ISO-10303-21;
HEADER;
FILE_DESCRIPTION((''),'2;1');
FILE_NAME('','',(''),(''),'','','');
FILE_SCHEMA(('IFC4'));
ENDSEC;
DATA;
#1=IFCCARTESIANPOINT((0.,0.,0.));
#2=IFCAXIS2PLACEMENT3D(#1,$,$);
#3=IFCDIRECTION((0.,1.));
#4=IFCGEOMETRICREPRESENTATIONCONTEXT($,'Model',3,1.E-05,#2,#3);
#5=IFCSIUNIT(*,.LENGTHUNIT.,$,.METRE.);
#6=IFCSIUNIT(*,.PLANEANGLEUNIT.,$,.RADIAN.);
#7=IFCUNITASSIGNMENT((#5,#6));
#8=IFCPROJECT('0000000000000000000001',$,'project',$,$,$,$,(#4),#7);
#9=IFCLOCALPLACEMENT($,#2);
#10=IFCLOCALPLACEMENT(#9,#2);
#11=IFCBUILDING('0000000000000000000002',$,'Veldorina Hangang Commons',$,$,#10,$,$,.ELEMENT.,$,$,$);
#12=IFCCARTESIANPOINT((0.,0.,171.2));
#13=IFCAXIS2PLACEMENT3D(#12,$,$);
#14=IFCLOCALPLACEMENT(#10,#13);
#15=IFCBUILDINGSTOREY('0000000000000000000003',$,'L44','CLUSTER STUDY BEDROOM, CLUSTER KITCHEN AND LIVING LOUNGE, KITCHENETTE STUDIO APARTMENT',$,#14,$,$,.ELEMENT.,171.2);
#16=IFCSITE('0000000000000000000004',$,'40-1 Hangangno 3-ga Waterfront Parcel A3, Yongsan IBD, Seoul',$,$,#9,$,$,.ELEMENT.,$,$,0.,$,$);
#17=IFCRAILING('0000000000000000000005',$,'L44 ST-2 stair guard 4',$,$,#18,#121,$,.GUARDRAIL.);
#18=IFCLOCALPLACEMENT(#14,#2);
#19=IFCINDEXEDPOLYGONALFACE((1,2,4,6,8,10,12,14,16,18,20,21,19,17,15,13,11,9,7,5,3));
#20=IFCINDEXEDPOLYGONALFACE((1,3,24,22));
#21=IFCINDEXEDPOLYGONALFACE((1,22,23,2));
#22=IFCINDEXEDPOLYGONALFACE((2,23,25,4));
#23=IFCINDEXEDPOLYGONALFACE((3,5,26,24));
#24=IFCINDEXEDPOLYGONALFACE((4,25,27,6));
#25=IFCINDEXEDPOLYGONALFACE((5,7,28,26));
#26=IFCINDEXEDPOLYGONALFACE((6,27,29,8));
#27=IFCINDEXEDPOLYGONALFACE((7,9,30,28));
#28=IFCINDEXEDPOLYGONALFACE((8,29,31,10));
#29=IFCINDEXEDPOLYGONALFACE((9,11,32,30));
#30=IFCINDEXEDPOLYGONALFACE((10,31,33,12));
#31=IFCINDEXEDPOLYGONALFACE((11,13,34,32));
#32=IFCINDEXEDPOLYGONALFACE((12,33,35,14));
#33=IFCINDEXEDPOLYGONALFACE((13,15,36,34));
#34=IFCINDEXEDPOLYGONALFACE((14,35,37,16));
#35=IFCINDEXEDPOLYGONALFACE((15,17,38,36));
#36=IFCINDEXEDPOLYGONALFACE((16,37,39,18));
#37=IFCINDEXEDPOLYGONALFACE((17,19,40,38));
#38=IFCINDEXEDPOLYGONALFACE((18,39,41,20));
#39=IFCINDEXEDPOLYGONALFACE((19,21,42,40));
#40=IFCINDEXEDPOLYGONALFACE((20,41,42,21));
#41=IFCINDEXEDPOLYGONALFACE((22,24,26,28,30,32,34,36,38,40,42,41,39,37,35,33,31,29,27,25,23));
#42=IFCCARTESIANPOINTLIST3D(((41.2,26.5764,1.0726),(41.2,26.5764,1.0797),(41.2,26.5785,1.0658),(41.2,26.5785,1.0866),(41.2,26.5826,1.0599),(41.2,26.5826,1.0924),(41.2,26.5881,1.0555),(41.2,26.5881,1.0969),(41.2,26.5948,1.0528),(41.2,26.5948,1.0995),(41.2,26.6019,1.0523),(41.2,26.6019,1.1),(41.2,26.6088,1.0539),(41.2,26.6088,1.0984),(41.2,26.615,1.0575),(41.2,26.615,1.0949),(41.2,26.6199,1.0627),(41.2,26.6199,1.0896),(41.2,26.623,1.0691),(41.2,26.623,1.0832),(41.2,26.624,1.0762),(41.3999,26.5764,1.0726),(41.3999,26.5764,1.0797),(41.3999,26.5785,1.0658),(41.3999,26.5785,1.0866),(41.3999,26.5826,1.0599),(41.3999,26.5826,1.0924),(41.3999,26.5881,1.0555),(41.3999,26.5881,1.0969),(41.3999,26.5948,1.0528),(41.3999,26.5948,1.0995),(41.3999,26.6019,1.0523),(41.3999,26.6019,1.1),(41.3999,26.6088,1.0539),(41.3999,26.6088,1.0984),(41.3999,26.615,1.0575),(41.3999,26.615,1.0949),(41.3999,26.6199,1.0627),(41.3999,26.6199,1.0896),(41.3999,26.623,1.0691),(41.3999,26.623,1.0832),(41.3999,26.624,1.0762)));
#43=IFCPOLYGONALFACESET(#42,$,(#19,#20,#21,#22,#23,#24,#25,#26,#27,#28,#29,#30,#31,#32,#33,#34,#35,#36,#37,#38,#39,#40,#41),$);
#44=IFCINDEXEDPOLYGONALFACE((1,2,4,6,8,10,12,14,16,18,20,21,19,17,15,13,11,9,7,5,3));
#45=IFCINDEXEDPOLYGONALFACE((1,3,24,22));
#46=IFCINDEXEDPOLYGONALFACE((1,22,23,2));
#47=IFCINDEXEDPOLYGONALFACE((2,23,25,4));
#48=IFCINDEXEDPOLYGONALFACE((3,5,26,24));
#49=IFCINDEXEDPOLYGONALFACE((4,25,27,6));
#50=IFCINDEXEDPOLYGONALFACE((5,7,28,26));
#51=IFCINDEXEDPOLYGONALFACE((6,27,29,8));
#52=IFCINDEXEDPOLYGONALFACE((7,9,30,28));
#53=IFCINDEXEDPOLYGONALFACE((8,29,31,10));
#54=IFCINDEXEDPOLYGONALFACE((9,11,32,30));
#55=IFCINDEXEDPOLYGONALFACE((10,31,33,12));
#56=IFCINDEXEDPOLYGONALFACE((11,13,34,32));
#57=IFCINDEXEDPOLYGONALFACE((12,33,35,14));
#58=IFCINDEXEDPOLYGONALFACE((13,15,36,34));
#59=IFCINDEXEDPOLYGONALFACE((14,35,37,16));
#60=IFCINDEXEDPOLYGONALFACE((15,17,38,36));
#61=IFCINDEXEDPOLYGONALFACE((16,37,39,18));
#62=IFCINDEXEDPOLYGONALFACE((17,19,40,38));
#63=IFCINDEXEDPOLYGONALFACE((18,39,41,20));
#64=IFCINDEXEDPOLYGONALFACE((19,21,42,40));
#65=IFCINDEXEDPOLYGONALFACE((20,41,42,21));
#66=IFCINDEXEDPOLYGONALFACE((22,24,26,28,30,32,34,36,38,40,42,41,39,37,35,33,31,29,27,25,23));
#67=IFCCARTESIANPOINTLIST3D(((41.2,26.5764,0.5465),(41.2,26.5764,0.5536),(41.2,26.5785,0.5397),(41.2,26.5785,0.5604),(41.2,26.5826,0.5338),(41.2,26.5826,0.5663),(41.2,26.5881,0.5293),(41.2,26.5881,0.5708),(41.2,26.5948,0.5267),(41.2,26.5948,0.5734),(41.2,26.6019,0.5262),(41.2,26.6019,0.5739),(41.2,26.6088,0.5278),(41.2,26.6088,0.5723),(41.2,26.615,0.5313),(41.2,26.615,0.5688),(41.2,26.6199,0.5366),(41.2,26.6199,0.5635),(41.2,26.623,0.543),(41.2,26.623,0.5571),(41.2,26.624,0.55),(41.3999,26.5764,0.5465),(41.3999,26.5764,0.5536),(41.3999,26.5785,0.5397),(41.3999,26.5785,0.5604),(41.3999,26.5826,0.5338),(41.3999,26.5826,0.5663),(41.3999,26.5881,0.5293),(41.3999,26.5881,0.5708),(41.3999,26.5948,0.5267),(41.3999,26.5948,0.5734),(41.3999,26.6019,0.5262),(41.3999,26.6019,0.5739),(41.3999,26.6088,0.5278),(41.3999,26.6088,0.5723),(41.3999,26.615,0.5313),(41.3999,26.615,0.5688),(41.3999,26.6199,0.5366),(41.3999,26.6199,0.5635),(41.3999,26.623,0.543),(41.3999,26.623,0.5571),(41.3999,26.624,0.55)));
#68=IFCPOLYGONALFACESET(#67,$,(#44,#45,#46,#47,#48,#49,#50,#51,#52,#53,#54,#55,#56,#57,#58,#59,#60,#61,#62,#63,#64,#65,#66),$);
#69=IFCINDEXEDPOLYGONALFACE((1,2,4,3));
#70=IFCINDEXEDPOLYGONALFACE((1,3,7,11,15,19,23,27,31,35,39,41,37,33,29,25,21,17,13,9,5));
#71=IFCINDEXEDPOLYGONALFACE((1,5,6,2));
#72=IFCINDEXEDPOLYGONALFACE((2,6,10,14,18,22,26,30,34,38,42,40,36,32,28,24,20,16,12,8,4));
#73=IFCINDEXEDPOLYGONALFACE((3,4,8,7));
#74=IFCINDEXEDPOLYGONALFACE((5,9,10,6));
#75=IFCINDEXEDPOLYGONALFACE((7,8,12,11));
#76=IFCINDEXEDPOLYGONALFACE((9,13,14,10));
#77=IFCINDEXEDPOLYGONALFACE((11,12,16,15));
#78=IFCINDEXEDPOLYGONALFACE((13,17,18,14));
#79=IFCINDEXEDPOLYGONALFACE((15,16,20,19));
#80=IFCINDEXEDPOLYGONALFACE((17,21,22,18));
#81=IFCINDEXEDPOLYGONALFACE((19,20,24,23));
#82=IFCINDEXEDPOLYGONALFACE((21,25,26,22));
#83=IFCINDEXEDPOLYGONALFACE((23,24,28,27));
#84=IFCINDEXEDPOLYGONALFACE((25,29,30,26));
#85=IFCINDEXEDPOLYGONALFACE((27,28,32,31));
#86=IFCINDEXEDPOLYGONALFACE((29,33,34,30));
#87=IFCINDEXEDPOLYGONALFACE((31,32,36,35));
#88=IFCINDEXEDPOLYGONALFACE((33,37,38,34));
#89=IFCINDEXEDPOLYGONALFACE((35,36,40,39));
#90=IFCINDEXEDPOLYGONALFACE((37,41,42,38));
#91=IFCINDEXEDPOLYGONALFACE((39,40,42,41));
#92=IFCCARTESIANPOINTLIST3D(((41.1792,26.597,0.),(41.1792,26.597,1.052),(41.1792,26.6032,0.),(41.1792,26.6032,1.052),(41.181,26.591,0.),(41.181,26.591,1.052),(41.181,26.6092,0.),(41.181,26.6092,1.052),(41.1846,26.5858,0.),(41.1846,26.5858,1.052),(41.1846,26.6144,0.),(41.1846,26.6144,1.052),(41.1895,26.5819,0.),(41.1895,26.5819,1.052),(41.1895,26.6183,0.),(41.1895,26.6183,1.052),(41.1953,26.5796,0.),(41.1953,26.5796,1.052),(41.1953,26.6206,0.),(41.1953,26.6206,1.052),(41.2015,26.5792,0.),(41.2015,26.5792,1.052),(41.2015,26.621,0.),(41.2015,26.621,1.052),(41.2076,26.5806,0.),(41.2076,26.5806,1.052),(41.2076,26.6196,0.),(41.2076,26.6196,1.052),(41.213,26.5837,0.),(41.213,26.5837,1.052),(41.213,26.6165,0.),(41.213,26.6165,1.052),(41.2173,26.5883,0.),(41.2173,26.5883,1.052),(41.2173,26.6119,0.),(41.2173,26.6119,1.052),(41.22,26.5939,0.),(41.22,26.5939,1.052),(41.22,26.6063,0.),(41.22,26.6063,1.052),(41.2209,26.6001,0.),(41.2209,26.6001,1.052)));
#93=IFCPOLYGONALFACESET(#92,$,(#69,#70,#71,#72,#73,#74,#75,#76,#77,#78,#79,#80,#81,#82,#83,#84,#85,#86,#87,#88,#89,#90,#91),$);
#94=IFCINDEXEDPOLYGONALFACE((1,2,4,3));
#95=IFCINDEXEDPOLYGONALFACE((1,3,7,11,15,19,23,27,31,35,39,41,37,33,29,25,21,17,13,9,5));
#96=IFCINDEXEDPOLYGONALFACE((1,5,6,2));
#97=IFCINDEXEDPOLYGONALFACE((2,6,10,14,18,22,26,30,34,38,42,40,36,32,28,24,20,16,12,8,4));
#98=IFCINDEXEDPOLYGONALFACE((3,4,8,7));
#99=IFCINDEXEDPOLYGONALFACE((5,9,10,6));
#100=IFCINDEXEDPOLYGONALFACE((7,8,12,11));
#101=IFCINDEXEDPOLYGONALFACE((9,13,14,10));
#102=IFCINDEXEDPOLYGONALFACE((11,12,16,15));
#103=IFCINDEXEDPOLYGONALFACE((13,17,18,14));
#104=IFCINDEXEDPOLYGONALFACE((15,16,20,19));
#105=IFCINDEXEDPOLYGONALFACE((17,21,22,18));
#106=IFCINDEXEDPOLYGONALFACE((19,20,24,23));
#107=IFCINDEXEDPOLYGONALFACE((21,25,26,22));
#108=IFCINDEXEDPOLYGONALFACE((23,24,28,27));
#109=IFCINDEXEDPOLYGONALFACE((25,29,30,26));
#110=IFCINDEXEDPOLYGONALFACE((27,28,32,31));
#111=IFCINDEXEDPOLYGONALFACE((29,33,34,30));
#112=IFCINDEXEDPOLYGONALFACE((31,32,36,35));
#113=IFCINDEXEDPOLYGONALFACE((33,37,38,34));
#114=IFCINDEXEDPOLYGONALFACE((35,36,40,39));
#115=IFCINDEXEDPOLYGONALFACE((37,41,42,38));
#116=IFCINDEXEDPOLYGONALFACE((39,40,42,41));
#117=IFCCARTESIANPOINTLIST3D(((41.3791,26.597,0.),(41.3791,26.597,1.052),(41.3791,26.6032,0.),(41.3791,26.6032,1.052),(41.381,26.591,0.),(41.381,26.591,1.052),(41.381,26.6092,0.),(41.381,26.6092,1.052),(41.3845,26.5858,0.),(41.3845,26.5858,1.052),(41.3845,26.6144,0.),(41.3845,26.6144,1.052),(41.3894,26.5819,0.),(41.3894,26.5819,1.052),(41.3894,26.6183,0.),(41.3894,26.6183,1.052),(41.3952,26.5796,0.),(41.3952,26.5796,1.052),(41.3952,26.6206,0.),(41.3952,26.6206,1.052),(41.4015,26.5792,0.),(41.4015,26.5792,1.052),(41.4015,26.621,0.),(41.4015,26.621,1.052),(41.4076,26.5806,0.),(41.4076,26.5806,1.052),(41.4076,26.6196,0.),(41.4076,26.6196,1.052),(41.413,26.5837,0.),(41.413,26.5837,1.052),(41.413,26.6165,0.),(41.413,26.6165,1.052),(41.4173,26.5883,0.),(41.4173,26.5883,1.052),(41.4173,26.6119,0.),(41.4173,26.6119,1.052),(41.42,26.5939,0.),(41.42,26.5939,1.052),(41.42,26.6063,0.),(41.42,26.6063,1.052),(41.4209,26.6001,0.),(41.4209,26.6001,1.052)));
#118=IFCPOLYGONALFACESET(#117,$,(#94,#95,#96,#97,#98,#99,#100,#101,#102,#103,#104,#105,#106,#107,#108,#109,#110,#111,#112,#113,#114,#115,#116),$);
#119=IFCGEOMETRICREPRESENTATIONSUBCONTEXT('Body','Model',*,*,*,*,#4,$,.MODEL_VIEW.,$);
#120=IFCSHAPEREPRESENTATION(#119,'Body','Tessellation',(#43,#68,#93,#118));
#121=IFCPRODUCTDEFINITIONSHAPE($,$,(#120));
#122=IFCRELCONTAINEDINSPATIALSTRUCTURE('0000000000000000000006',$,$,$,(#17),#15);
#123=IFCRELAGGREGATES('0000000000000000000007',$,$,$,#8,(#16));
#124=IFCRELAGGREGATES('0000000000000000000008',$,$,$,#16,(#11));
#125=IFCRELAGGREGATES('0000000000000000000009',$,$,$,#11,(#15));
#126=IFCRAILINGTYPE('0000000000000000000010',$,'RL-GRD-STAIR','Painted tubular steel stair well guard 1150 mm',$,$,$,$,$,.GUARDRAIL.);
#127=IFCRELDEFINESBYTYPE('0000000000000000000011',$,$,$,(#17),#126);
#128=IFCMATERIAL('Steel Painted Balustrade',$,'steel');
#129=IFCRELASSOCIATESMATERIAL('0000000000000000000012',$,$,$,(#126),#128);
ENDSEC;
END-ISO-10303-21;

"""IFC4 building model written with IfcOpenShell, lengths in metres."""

from ifc_helpers import new_model, si_unit, direction, frame, origin, origin_2d, place, context, subcontext, project, spatial, circle, extrude, material, type_object, element, save


model = new_model("IFC4")

# Units and contexts
model_context = context("Model", 3, precision=1e-05, world=origin(), true_north=direction((0.0, 1.0)))
body_context = subcontext(model_context, "Body", "Model", "MODEL_VIEW")
ifc_project = project(units=[si_unit("LENGTHUNIT", "METRE"), si_unit("PLANEANGLEUNIT", "RADIAN")], contexts=[model_context])

# Site, building, storey
site_placement = place(None, origin())
site = spatial("IfcSite", under=ifc_project, at=site_placement, Name="40-1 Hangangno 3-ga Waterfront Parcel A3, Yongsan IBD, Seoul", CompositionType="ELEMENT", RefElevation=0.0)
building_placement = place(site_placement, origin())
building = spatial("IfcBuilding", under=site, at=building_placement, Name="Veldorina Hangang Commons", CompositionType="ELEMENT")
storey_placement = place(building_placement, frame((0.0, 0.0, 171.2)))
storey = spatial("IfcBuildingStorey", under=building, at=storey_placement, Name="L44", Description="CLUSTER STUDY BEDROOM, CLUSTER KITCHEN AND LIVING LOUNGE, KITCHENETTE STUDIO APARTMENT", CompositionType="ELEMENT", Elevation=171.2)

# Railing
ifc_material_1 = material(Name="Steel Painted Balustrade", Category="steel")
railing_type_1 = type_object("IfcRailingType", Name="RL-GRD-STAIR", Description="Painted tubular steel stair well guard 1150 mm", PredefinedType="GUARDRAIL", material=ifc_material_1)
railing_1_placement = place(storey_placement, frame((41.2, 26.6001, 0.0)))
element("IfcRailing", 1, at=railing_1_placement, inside=storey, type_object=railing_type_1, Name="L44 ST-2 stair guard 4", PredefinedType="GUARDRAIL", context=body_context, shape_type="SweptSolid", body=[
    extrude(circle(Radius=0.0239, at=origin_2d()), frame((0.0, 0.0, 1.0762), z_axis=(1.0, 0.0, 0.0), x_axis=(0.0, 1.0, 0.0)), (0.0, 0.0, 1.0), 0.2),
    extrude(circle(Radius=0.0239, at=origin_2d()), frame((0.0, 0.0, 0.55), z_axis=(1.0, 0.0, 0.0), x_axis=(0.0, 1.0, 0.0)), (0.0, 0.0, 1.0), 0.2),
    extrude(circle(Radius=0.021, at=origin_2d()), origin(), (0.0, 0.0, 1.0), 1.052),
    extrude(circle(Radius=0.021, at=origin_2d()), frame((0.2, 0.0, 0.0)), (0.0, 0.0, 1.0), 1.052),
])

save(model, "model.ifc")
